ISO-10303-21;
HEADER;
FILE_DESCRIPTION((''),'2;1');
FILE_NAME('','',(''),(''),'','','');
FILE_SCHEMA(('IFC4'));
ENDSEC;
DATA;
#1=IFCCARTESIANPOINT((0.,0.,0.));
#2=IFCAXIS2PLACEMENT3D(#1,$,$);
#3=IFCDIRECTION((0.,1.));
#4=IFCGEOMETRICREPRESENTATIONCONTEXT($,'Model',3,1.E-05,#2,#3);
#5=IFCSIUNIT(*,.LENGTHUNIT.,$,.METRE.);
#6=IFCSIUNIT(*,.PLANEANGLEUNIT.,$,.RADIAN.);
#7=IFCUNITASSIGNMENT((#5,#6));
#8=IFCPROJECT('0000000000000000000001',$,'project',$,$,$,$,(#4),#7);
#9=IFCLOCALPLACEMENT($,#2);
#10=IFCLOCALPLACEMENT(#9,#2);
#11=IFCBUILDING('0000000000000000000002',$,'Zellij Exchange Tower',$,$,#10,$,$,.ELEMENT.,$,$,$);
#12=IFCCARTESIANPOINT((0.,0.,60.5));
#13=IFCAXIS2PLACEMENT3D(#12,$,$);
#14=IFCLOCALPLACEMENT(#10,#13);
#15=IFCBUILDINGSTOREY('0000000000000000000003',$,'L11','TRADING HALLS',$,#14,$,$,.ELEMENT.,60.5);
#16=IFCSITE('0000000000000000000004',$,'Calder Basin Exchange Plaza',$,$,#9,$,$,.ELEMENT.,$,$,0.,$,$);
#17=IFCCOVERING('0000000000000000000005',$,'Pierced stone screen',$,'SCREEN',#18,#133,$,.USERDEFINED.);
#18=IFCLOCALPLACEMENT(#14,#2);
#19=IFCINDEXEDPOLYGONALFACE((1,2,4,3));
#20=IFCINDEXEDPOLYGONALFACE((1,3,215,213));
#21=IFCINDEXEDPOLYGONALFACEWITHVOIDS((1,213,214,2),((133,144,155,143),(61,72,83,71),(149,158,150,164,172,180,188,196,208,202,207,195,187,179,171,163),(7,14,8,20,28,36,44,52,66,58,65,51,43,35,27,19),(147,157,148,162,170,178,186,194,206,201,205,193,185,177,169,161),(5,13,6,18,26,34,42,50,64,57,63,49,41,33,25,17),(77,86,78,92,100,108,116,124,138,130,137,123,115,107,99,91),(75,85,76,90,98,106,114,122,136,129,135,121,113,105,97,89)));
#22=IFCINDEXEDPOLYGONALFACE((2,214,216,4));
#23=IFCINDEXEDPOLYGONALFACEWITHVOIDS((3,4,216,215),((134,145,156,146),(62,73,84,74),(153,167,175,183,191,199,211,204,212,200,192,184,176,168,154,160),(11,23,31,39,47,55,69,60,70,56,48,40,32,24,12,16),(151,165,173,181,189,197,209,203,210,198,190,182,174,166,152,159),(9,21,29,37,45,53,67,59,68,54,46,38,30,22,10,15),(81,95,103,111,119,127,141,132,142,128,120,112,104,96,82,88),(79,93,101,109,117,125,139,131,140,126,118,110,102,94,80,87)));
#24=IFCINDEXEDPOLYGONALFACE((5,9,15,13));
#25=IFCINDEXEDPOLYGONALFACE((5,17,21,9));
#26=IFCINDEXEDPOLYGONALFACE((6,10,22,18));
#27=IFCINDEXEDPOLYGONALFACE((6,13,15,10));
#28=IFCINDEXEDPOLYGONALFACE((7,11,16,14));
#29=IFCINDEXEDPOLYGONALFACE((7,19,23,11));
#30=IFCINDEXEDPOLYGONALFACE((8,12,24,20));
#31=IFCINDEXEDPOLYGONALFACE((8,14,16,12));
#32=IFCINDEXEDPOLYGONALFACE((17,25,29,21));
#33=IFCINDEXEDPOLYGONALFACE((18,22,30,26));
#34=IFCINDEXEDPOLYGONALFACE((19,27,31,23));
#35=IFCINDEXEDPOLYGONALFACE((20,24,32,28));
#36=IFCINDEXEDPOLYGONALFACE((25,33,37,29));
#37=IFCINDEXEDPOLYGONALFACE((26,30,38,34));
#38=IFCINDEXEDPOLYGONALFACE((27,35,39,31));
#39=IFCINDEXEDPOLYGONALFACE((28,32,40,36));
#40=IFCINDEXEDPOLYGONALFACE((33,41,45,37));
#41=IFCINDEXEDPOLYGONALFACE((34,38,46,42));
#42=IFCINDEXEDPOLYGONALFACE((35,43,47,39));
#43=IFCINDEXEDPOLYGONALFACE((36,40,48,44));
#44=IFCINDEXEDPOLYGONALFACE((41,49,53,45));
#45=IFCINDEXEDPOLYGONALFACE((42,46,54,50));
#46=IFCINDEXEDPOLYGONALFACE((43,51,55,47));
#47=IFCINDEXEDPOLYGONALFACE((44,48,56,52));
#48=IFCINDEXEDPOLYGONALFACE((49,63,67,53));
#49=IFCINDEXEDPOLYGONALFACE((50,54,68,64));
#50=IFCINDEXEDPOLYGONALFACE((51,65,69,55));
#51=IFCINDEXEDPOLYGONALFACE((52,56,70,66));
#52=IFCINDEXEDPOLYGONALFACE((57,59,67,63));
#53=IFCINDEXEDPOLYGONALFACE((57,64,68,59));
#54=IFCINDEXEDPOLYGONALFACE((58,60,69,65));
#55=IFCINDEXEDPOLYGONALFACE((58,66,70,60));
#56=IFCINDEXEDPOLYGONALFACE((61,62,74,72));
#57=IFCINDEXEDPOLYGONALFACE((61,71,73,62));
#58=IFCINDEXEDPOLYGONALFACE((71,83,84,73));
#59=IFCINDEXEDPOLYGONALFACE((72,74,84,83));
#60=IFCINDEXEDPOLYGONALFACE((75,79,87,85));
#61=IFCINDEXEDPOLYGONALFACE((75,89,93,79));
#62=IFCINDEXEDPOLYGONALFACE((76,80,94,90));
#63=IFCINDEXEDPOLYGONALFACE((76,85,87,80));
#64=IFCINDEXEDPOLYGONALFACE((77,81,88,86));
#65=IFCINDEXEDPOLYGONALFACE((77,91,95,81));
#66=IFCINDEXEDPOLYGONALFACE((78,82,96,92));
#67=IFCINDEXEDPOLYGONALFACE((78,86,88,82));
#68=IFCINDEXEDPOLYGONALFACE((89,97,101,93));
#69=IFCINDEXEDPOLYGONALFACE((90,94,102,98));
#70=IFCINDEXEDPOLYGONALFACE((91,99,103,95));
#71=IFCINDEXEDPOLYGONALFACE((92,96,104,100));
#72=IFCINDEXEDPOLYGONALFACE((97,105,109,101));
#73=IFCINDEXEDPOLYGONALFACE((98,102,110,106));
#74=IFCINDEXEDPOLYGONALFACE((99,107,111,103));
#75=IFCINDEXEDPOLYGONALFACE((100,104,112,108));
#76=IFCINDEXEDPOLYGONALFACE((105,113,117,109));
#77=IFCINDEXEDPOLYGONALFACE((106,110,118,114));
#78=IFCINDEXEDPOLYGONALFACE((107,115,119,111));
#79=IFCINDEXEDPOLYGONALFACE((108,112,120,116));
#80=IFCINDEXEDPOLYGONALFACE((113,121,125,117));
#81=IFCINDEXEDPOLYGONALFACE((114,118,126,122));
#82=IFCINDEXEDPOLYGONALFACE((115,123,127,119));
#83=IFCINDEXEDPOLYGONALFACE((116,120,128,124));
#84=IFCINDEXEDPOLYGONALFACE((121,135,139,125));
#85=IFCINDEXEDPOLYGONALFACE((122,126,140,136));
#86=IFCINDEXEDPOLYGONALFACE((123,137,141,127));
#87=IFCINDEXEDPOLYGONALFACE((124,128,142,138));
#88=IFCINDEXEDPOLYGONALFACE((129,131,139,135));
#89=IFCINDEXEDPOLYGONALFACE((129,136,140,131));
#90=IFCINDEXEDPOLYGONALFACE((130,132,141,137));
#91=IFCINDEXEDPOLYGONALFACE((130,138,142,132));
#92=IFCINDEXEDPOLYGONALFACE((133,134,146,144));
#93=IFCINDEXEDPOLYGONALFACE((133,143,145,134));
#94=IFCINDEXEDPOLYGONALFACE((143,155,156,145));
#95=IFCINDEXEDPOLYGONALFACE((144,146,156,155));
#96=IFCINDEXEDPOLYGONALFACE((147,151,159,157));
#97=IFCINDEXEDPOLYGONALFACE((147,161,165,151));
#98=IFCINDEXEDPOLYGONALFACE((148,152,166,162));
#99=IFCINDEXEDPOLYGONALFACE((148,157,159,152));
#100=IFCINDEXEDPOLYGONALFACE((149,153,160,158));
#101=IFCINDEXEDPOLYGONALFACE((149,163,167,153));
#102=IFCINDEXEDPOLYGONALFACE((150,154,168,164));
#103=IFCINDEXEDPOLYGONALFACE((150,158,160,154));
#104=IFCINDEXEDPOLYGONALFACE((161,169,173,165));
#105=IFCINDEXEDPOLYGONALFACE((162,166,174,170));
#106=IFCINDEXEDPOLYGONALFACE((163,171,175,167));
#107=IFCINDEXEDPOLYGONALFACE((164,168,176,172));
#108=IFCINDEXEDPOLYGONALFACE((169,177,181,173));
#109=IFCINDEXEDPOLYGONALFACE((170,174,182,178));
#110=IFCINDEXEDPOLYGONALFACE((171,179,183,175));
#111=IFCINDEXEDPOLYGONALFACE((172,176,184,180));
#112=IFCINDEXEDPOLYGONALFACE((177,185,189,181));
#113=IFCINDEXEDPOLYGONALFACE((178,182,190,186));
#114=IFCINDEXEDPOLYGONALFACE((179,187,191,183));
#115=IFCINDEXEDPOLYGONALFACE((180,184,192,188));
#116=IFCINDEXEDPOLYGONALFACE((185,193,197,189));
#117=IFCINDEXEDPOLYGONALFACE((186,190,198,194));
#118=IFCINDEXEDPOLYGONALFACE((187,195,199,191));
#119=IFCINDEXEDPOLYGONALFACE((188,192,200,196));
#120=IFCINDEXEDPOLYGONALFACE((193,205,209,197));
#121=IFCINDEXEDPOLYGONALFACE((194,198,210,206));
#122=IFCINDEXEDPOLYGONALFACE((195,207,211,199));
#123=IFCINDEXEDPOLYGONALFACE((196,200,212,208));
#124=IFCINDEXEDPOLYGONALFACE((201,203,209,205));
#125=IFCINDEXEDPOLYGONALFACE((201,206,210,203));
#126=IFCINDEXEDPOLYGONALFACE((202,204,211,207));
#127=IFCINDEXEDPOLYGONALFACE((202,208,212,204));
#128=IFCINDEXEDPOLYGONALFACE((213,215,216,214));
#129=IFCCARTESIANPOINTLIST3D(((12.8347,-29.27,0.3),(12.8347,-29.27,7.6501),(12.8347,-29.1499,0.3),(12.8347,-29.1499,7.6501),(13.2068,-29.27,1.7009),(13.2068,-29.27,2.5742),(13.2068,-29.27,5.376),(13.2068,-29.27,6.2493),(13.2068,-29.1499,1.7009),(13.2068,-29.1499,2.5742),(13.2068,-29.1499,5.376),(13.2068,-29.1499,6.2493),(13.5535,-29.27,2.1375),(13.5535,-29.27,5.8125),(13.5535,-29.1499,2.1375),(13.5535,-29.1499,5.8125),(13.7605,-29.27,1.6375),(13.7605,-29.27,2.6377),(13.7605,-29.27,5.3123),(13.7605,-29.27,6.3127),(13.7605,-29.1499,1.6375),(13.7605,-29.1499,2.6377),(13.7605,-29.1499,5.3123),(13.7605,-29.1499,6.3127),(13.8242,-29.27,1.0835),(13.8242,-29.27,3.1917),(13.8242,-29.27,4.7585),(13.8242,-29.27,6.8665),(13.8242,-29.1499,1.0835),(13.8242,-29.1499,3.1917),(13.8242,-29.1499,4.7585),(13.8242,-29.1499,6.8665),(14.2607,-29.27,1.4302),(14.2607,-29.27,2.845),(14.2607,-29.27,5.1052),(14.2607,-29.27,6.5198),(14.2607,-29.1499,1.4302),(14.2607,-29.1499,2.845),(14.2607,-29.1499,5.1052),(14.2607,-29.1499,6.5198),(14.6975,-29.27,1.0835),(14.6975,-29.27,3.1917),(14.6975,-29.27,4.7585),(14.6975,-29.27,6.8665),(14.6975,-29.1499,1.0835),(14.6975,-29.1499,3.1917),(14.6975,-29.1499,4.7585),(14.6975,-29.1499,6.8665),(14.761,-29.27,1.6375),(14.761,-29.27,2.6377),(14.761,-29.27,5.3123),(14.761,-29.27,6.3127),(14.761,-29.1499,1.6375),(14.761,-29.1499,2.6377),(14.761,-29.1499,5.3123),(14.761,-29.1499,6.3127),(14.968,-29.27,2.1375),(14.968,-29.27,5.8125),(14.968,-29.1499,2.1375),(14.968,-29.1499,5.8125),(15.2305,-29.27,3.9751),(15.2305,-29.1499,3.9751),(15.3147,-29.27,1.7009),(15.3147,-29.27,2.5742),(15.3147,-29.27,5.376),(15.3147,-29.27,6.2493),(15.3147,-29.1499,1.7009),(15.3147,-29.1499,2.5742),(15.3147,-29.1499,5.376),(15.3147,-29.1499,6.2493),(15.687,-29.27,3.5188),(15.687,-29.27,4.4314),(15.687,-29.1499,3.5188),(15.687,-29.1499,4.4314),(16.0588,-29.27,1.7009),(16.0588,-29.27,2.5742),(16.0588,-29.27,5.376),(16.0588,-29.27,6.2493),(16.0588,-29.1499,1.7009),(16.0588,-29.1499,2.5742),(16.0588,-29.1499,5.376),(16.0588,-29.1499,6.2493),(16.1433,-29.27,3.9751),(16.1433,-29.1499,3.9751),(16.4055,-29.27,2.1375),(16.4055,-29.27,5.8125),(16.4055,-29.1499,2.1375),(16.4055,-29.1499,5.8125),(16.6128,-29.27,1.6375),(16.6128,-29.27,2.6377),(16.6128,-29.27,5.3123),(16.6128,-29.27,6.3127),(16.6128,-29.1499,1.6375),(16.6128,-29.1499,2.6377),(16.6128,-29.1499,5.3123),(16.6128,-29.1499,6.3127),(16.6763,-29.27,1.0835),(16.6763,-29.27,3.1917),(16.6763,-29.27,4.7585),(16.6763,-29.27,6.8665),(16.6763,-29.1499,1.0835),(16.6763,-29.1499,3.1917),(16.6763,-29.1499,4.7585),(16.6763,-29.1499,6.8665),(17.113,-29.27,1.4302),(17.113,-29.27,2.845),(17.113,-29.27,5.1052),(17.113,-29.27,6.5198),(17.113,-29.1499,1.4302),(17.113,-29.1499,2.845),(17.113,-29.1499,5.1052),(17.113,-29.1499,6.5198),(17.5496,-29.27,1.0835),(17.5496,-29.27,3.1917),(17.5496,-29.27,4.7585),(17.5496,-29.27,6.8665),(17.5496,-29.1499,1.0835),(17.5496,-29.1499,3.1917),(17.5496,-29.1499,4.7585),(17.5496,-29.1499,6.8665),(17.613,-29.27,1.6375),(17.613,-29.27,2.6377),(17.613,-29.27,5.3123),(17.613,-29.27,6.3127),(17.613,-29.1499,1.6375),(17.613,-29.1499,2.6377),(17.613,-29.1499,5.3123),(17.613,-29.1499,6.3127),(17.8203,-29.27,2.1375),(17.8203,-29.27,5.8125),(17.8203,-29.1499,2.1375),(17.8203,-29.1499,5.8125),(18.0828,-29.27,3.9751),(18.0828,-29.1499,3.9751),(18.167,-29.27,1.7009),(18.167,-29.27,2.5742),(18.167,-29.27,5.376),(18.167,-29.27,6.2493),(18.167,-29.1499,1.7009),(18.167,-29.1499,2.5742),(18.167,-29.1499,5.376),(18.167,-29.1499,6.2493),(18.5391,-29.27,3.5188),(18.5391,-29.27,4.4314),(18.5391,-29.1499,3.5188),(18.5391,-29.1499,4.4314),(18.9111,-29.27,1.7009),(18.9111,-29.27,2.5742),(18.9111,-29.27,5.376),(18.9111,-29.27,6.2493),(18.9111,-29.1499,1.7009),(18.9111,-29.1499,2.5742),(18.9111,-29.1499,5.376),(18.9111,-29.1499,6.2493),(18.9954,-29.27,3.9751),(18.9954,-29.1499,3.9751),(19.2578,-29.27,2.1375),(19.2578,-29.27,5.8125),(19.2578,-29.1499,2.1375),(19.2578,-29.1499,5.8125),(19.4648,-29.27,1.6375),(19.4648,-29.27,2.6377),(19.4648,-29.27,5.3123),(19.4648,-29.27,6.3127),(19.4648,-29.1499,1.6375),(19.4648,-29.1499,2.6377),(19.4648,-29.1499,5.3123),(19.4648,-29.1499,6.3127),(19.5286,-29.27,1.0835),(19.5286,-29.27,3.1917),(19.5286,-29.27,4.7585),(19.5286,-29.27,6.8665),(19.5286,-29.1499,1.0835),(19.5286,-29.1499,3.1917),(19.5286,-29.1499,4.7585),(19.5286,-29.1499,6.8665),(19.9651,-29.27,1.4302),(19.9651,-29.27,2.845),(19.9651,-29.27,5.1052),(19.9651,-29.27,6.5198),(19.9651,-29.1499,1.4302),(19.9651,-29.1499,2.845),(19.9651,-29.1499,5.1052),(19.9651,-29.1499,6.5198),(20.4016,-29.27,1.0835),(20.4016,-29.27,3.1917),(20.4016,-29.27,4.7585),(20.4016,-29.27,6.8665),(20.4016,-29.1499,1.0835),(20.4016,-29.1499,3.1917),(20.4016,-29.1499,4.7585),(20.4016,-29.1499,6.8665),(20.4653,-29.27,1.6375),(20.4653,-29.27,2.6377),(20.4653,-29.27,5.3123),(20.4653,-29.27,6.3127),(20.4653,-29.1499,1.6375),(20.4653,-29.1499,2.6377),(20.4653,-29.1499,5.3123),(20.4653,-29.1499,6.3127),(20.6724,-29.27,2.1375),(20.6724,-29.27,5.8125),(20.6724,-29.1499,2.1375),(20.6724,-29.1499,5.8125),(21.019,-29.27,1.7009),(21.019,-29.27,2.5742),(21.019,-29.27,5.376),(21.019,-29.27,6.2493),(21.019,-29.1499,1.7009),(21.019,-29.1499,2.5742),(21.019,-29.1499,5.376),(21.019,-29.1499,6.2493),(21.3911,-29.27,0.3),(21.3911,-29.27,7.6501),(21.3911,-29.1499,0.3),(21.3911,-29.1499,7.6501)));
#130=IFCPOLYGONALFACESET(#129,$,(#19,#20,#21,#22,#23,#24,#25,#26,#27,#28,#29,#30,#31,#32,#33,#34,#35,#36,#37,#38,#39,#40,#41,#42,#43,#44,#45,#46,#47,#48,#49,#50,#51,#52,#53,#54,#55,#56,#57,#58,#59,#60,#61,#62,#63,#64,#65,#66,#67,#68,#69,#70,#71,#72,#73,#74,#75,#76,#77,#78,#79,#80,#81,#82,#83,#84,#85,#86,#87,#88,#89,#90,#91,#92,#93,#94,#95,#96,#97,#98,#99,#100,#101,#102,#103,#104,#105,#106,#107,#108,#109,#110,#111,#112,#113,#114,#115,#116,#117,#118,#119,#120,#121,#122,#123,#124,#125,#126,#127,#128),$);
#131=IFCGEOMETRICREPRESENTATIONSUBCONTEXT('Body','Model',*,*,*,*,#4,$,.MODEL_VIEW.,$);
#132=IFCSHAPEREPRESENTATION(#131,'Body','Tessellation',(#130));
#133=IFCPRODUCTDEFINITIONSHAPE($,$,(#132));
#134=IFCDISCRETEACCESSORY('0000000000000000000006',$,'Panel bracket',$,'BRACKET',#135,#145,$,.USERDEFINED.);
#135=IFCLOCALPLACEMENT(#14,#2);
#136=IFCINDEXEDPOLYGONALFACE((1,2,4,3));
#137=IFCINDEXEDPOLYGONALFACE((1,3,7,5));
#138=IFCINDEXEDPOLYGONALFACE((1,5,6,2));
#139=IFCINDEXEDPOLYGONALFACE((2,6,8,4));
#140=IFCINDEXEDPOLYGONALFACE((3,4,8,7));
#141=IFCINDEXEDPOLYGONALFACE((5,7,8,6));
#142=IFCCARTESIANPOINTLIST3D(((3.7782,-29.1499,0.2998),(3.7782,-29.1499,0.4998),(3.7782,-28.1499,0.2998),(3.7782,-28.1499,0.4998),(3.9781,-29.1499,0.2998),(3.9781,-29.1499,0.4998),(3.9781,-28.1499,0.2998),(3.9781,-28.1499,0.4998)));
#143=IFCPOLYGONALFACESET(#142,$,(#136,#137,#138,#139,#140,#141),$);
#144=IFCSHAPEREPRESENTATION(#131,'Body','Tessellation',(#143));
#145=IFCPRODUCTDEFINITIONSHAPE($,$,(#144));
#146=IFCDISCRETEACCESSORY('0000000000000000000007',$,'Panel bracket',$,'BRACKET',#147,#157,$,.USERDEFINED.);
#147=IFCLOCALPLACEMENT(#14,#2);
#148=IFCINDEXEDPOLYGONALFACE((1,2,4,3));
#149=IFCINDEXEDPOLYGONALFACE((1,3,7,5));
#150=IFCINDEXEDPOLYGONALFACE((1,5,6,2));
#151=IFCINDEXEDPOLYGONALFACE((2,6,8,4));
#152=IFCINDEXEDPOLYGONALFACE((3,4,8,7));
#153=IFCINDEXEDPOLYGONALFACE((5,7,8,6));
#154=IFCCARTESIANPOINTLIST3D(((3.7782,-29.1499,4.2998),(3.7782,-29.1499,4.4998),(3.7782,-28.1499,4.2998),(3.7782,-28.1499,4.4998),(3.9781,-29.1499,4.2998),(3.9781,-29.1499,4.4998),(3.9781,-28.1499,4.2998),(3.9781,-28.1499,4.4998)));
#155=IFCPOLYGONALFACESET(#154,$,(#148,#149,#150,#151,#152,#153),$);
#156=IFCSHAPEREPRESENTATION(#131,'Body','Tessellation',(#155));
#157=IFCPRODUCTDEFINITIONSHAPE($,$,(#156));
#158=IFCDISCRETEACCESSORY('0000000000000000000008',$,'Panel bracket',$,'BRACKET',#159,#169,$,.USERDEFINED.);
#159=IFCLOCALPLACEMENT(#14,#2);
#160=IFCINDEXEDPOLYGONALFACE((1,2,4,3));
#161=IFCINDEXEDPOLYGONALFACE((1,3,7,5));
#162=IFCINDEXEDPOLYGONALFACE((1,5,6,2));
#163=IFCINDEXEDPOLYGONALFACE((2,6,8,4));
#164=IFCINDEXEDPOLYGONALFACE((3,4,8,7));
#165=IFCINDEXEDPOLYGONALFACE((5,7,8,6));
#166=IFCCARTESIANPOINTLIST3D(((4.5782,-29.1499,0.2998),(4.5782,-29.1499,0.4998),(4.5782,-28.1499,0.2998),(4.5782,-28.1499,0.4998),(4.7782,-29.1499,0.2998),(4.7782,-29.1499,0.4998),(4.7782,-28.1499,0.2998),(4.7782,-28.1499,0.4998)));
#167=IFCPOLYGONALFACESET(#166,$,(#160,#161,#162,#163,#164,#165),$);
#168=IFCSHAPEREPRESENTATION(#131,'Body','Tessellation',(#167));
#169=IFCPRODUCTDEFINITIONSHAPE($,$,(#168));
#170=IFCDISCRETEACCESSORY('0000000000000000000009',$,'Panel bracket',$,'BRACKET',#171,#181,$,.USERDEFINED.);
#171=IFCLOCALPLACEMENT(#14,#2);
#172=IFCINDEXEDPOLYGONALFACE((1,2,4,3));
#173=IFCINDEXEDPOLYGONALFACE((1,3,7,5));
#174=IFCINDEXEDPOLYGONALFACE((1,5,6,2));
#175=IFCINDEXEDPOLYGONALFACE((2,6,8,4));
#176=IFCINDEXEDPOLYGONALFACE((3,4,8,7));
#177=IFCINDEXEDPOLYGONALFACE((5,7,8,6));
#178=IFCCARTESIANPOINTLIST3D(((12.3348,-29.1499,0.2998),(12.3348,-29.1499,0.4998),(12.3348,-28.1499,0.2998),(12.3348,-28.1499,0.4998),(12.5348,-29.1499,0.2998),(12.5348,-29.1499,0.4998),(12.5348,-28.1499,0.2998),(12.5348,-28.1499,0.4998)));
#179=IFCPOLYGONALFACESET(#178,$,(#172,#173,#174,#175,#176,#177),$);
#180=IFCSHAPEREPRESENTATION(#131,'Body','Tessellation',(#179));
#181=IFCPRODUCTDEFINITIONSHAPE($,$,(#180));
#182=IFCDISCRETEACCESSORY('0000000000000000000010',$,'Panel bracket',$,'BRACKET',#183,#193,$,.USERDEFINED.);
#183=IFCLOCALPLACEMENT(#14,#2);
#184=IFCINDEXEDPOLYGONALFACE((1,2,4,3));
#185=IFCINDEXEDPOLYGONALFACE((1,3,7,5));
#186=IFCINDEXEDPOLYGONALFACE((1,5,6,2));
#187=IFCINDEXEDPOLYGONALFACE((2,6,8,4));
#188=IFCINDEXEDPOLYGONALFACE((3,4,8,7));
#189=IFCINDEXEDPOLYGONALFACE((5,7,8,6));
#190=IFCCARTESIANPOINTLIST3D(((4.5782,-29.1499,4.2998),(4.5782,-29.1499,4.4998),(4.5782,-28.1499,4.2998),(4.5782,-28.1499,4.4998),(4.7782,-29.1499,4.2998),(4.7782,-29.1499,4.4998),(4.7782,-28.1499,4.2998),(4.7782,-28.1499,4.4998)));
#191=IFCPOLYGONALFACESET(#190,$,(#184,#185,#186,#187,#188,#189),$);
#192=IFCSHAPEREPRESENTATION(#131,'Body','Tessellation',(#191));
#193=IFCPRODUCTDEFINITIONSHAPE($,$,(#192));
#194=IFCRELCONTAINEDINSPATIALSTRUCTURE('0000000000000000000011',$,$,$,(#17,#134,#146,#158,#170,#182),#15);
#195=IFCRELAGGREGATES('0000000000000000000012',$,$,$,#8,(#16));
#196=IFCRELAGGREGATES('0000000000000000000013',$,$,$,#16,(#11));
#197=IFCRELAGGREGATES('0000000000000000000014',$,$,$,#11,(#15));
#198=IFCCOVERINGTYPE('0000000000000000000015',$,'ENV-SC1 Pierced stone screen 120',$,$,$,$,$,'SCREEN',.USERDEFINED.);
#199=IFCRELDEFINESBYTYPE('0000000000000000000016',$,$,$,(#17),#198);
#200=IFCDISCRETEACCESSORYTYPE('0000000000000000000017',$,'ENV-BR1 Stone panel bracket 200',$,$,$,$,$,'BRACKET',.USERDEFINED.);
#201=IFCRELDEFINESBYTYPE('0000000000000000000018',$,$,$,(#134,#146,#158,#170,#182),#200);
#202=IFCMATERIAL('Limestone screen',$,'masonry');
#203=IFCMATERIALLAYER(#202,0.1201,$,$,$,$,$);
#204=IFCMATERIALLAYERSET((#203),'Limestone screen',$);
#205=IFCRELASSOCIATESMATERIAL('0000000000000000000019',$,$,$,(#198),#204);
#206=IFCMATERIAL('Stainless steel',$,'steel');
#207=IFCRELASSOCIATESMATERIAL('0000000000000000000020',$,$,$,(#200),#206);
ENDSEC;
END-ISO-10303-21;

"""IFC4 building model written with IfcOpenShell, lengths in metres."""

from ifc_helpers import new_model, si_unit, direction, frame, origin, origin_2d, place, context, subcontext, project, spatial, polyline, rectangle, outline, extrude, material, layer, layer_set, type_object, element, save


model = new_model("IFC4")

# Units and contexts
model_context = context("Model", 3, precision=1e-05, world=origin(), true_north=direction((0.0, 1.0)))
body_context = subcontext(model_context, "Body", "Model", "MODEL_VIEW")
ifc_project = project(units=[si_unit("LENGTHUNIT", "METRE"), si_unit("PLANEANGLEUNIT", "RADIAN")], contexts=[model_context])

# Site, building, storey
site_placement = place(None, origin())
site = spatial("IfcSite", under=ifc_project, at=site_placement, Name="Calder Basin Exchange Plaza", CompositionType="ELEMENT", RefElevation=0.0)
building_placement = place(site_placement, origin())
building = spatial("IfcBuilding", under=site, at=building_placement, Name="Zellij Exchange Tower", CompositionType="ELEMENT")
storey_placement = place(building_placement, frame((0.0, 0.0, 60.5)))
storey = spatial("IfcBuildingStorey", under=building, at=storey_placement, Name="L11", Description="TRADING HALLS", CompositionType="ELEMENT", Elevation=60.5)

# Covering
ifc_material_1 = material(Name="Limestone screen", Category="masonry")
ifc_layer_1 = layer(ifc_material_1, 0.1201)
ifc_layer_set_1 = layer_set([ifc_layer_1], Name="Limestone screen")
covering_type = type_object("IfcCoveringType", Name="ENV-SC1 Pierced stone screen 120", ElementType="SCREEN", PredefinedType="USERDEFINED", material=ifc_layer_set_1)
covering_1_placement = place(storey_placement, frame((12.8347, -29.21, 0.3), z_axis=(0.0, 0.0, 1.0), x_axis=(1.0, 0.0, 0.0)))
element("IfcCovering", 1, at=covering_1_placement, inside=storey, type_object=covering_type, Name="Pierced stone screen", ObjectType="SCREEN", PredefinedType="USERDEFINED", context=body_context, shape_type="SweptSolid", body=[
    extrude(outline(polyline([(0.0, 0.0), (8.5564, 0.0), (8.5564, 7.3501), (0.0, 7.3501), (0.0, 0.0)]), holes=[polyline([(2.48, 2.2742), (1.9263, 2.3376), (1.8628, 2.8916), (1.426, 2.5449), (0.9895, 2.8916), (0.9258, 2.3376), (0.3721, 2.2742), (0.7188, 1.8374), (0.3721, 1.4009), (0.9258, 1.3374), (0.9895, 0.7834), (1.426, 1.1301), (1.8628, 0.7834), (1.9263, 1.3374), (2.48, 1.4009), (2.1333, 1.8374), (2.48, 2.2742)]), polyline([(2.48, 5.9492), (1.9263, 6.0127), (1.8628, 6.5664), (1.426, 6.2197), (0.9895, 6.5664), (0.9258, 6.0127), (0.3721, 5.9492), (0.7188, 5.5125), (0.3721, 5.0759), (0.9258, 5.0122), (0.9895, 4.4585), (1.426, 4.8052), (1.8628, 4.4585), (1.9263, 5.0122), (2.48, 5.0759), (2.1333, 5.5125), (2.48, 5.9492)]), polyline([(5.3323, 2.2742), (4.7783, 2.3376), (4.7148, 2.8916), (4.2783, 2.5449), (3.8416, 2.8916), (3.7781, 2.3376), (3.2241, 2.2742), (3.5708, 1.8374), (3.2241, 1.4009), (3.7781, 1.3374), (3.8416, 0.7834), (4.2783, 1.1301), (4.7148, 0.7834), (4.7783, 1.3374), (5.3323, 1.4009), (4.9856, 1.8374), (5.3323, 2.2742)]), polyline([(5.3323, 5.9492), (4.7783, 6.0127), (4.7148, 6.5664), (4.2783, 6.2197), (3.8416, 6.5664), (3.7781, 6.0127), (3.2241, 5.9492), (3.5708, 5.5125), (3.2241, 5.0759), (3.7781, 5.0122), (3.8416, 4.4585), (4.2783, 4.8052), (4.7148, 4.4585), (4.7783, 5.0122), (5.3323, 5.0759), (4.9856, 5.5125), (5.3323, 5.9492)]), polyline([(8.1843, 2.2742), (7.6306, 2.3376), (7.5669, 2.8916), (7.1304, 2.5449), (6.6938, 2.8916), (6.6301, 2.3376), (6.0764, 2.2742), (6.4231, 1.8374), (6.0764, 1.4009), (6.6301, 1.3374), (6.6938, 0.7834), (7.1304, 1.1301), (7.5669, 0.7834), (7.6306, 1.3374), (8.1843, 1.4009), (7.8376, 1.8374), (8.1843, 2.2742)]), polyline([(8.1843, 5.9492), (7.6306, 6.0127), (7.5669, 6.5664), (7.1304, 6.2197), (6.6938, 6.5664), (6.6301, 6.0127), (6.0764, 5.9492), (6.4231, 5.5125), (6.0764, 5.0759), (6.6301, 5.0122), (6.6938, 4.4585), (7.1304, 4.8052), (7.5669, 4.4585), (7.6306, 5.0122), (8.1843, 5.0759), (7.8376, 5.5125), (8.1843, 5.9492)]), polyline([(3.3086, 3.675), (2.8523, 4.1313), (2.3958, 3.675), (2.8523, 3.2188), (3.3086, 3.675)]), polyline([(6.1606, 3.675), (5.7043, 4.1313), (5.248, 3.675), (5.7043, 3.2188), (6.1606, 3.675)])]), frame((0.0, 0.0601, 0.0), z_axis=(0.0, -1.0, 0.0), x_axis=(1.0, 0.0, 0.0)), (0.0, 0.0, 1.0), 0.1201),
])

# Discrete accessories
ifc_material_2 = material(Name="Stainless steel", Category="steel")
discrete_accessory_type = type_object("IfcDiscreteAccessoryType", Name="ENV-BR1 Stone panel bracket 200", ElementType="BRACKET", PredefinedType="USERDEFINED", material=ifc_material_2)
for number, where, z_axis, x_axis, name in (
    (2, (3.8782, -28.6499, 0.2998), (0.0, 0.0, 1.0), (1.0, 0.0, 0.0), "Panel bracket"),
    (3, (3.8782, -28.6499, 4.2998), (0.0, 0.0, 1.0), (1.0, 0.0, 0.0), "Panel bracket"),
    (4, (4.6782, -28.6499, 0.2998), (0.0, 0.0, 1.0), (1.0, 0.0, 0.0), "Panel bracket"),
    (5, (12.4348, -28.6499, 0.2998), (0.0, 0.0, 1.0), (1.0, 0.0, 0.0), "Panel bracket"),
    (6, (4.6782, -28.6499, 4.2998), (0.0, 0.0, 1.0), (1.0, 0.0, 0.0), "Panel bracket"),
):
    element("IfcDiscreteAccessory", number, at=place(storey_placement, frame(where, z_axis=z_axis, x_axis=x_axis)), inside=storey, type_object=discrete_accessory_type, Name=name, ObjectType="BRACKET", PredefinedType="USERDEFINED", context=body_context, shape_type="SweptSolid", body=[
        extrude(rectangle(XDim=0.2, YDim=1.0, at=origin_2d()), origin(), (0.0, 0.0, 1.0), 0.2),
    ])

save(model, "model.ifc")
